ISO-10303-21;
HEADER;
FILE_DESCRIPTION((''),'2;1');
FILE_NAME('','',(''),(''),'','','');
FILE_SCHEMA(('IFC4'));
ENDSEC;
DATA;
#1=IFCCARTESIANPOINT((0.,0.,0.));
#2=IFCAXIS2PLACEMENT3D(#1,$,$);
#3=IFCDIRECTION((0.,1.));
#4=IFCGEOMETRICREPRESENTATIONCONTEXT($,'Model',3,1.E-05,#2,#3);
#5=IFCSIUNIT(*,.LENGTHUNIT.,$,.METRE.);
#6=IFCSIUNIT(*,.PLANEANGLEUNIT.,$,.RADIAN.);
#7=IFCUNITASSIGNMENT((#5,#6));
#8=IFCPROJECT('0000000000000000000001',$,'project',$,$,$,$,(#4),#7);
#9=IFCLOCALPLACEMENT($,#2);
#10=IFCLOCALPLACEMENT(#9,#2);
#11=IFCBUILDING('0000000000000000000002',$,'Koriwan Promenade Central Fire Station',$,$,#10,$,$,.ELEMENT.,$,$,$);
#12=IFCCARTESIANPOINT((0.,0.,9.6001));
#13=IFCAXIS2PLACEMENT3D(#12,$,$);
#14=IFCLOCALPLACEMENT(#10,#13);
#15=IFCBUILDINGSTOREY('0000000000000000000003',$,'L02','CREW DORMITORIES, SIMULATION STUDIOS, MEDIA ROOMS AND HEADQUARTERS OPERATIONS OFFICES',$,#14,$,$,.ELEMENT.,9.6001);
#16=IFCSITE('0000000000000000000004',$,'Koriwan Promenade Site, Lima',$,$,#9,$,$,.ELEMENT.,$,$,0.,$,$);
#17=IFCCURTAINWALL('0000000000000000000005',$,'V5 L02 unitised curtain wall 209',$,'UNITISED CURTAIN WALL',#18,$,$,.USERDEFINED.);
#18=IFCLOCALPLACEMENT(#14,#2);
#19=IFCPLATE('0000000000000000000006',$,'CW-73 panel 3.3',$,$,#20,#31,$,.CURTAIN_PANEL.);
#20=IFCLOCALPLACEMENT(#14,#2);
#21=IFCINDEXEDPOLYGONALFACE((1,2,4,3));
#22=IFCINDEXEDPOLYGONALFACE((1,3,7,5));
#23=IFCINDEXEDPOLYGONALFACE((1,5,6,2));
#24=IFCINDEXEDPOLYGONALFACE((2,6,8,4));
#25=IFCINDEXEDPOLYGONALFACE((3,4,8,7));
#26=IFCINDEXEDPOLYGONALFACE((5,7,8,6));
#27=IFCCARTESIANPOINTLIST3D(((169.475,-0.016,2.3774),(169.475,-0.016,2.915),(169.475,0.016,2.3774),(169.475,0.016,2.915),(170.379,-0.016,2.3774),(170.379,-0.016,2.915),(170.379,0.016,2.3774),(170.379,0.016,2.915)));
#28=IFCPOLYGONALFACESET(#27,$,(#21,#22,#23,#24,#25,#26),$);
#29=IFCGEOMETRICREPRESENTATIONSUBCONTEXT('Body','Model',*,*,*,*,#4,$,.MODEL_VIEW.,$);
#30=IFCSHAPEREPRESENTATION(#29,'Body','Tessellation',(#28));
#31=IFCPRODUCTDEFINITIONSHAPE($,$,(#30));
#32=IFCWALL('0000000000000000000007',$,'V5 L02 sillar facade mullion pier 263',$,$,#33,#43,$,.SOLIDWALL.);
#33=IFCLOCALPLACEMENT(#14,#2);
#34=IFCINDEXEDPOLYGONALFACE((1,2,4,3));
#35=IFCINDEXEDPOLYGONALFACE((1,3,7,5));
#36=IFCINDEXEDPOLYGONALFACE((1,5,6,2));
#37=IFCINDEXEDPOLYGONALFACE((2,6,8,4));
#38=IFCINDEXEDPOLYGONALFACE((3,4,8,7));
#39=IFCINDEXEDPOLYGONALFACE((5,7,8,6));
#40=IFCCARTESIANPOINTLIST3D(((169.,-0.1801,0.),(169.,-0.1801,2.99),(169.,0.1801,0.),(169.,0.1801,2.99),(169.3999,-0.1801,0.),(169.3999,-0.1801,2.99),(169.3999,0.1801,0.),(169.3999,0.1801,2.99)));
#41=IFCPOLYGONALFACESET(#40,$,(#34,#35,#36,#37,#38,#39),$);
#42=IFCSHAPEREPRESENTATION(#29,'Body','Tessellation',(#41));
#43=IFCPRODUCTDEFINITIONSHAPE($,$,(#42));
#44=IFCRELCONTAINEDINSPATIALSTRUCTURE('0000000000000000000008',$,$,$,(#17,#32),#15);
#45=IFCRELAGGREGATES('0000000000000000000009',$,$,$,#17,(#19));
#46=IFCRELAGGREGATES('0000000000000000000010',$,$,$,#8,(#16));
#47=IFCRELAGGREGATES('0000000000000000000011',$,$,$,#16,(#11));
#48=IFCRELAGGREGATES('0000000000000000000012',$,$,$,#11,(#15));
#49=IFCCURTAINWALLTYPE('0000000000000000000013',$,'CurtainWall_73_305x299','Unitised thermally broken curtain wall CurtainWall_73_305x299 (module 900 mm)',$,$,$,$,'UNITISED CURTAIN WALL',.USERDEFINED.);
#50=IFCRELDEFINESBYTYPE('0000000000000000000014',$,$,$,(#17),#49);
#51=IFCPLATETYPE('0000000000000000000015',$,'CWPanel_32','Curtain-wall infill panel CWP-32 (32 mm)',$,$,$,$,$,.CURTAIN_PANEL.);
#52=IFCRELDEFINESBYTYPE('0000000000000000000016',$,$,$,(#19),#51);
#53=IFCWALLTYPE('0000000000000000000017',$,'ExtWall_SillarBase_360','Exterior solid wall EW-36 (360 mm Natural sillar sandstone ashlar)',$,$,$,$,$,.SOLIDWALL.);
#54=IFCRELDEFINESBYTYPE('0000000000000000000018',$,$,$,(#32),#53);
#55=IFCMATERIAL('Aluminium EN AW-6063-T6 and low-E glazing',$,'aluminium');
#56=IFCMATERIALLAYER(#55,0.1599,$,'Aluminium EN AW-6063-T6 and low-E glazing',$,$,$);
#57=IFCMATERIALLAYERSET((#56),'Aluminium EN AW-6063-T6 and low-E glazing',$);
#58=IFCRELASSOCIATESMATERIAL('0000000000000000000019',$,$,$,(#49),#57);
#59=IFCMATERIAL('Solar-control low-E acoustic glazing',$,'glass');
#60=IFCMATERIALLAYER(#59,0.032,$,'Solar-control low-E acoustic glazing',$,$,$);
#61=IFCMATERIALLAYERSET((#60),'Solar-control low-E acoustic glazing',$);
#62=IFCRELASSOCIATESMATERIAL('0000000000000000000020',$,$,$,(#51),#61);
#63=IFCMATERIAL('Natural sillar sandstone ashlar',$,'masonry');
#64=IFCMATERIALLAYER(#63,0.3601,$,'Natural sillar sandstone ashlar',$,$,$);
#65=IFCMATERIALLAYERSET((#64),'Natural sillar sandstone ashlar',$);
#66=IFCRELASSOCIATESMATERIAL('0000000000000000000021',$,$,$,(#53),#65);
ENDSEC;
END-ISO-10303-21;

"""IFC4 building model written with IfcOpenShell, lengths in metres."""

from ifc_helpers import new_model, si_unit, direction, frame, frame_2d, origin, origin_2d, place, context, subcontext, project, spatial, rectangle, extrude, material, layer, layer_set, type_object, element, aggregate, save


model = new_model("IFC4")

# Units and contexts
model_context = context("Model", 3, precision=1e-05, world=origin(), true_north=direction((0.0, 1.0)))
body_context = subcontext(model_context, "Body", "Model", "MODEL_VIEW")
ifc_project = project(units=[si_unit("LENGTHUNIT", "METRE"), si_unit("PLANEANGLEUNIT", "RADIAN")], contexts=[model_context])

# Site, building, storey
site_placement = place(None, origin())
site = spatial("IfcSite", under=ifc_project, at=site_placement, Name="Koriwan Promenade Site, Lima", CompositionType="ELEMENT", RefElevation=0.0)
building_placement = place(site_placement, origin())
building = spatial("IfcBuilding", under=site, at=building_placement, Name="Koriwan Promenade Central Fire Station", CompositionType="ELEMENT")
storey_placement = place(building_placement, frame((0.0, 0.0, 9.6001)))
storey = spatial("IfcBuildingStorey", under=building, at=storey_placement, Name="L02", Description="CREW DORMITORIES, SIMULATION STUDIOS, MEDIA ROOMS AND HEADQUARTERS OPERATIONS OFFICES", CompositionType="ELEMENT", Elevation=9.6001)

# Curtain wall
ifc_material_1 = material(Name="Aluminium EN AW-6063-T6 and low-E glazing", Category="aluminium")
ifc_layer_1 = layer(ifc_material_1, 0.1599, Name="Aluminium EN AW-6063-T6 and low-E glazing")
ifc_layer_set_1 = layer_set([ifc_layer_1], Name="Aluminium EN AW-6063-T6 and low-E glazing")
curtain_wall_type_1 = type_object("IfcCurtainWallType", Name="CurtainWall_73_305x299", Description="Unitised thermally broken curtain wall CurtainWall_73_305x299 (module 900 mm)", ElementType="UNITISED CURTAIN WALL", PredefinedType="USERDEFINED", material=ifc_layer_set_1)
curtain_wall_1_placement = place(storey_placement, origin())
curtain_wall_1 = element("IfcCurtainWall", 1, at=curtain_wall_1_placement, inside=storey, type_object=curtain_wall_type_1, Name="V5 L02 unitised curtain wall 209", ObjectType="UNITISED CURTAIN WALL", PredefinedType="USERDEFINED")

# Plate
ifc_material_2 = material(Name="Solar-control low-E acoustic glazing", Category="glass")
ifc_layer_2 = layer(ifc_material_2, 0.032, Name="Solar-control low-E acoustic glazing")
ifc_layer_set_2 = layer_set([ifc_layer_2], Name="Solar-control low-E acoustic glazing")
plate_type = type_object("IfcPlateType", Name="CWPanel_32", Description="Curtain-wall infill panel CWP-32 (32 mm)", PredefinedType="CURTAIN_PANEL", material=ifc_layer_set_2)
plate_1_placement = place(storey_placement, frame((169.927, 0.0, 2.3774), z_axis=(0.0, 0.0, 1.0), x_axis=(-1.0, 0.0, 0.0)))
plate_1 = element("IfcPlate", 2, at=plate_1_placement, type_object=plate_type, Name="CW-73 panel 3.3", PredefinedType="CURTAIN_PANEL", context=body_context, shape_type="SweptSolid", body=[
    extrude(rectangle(XDim=0.9041, YDim=0.032, at=origin_2d()), origin(), (0.0, 0.0, 1.0), 0.5376),
])
aggregate(curtain_wall_1, [plate_1])

# Wall
ifc_material_3 = material(Name="Natural sillar sandstone ashlar", Category="masonry")
ifc_layer_3 = layer(ifc_material_3, 0.3601, Name="Natural sillar sandstone ashlar")
ifc_layer_set_3 = layer_set([ifc_layer_3], Name="Natural sillar sandstone ashlar")
wall_type = type_object("IfcWallType", Name="ExtWall_SillarBase_360", Description="Exterior solid wall EW-36 (360 mm Natural sillar sandstone ashlar)", PredefinedType="SOLIDWALL", material=ifc_layer_set_3)
wall_placement = place(storey_placement, frame((169.3999, 0.0, 0.0), z_axis=(0.0, 0.0, 1.0), x_axis=(-1.0, 0.0, 0.0)))
element("IfcWall", 3, at=wall_placement, inside=storey, type_object=wall_type, Name="V5 L02 sillar facade mullion pier 263", PredefinedType="SOLIDWALL", context=body_context, shape_type="SweptSolid", body=[
    extrude(rectangle(XDim=0.3999, YDim=0.3601, at=frame_2d((0.2, 0.0))), origin(), (0.0, 0.0, 1.0), 2.99),
])

save(model, "model.ifc")
